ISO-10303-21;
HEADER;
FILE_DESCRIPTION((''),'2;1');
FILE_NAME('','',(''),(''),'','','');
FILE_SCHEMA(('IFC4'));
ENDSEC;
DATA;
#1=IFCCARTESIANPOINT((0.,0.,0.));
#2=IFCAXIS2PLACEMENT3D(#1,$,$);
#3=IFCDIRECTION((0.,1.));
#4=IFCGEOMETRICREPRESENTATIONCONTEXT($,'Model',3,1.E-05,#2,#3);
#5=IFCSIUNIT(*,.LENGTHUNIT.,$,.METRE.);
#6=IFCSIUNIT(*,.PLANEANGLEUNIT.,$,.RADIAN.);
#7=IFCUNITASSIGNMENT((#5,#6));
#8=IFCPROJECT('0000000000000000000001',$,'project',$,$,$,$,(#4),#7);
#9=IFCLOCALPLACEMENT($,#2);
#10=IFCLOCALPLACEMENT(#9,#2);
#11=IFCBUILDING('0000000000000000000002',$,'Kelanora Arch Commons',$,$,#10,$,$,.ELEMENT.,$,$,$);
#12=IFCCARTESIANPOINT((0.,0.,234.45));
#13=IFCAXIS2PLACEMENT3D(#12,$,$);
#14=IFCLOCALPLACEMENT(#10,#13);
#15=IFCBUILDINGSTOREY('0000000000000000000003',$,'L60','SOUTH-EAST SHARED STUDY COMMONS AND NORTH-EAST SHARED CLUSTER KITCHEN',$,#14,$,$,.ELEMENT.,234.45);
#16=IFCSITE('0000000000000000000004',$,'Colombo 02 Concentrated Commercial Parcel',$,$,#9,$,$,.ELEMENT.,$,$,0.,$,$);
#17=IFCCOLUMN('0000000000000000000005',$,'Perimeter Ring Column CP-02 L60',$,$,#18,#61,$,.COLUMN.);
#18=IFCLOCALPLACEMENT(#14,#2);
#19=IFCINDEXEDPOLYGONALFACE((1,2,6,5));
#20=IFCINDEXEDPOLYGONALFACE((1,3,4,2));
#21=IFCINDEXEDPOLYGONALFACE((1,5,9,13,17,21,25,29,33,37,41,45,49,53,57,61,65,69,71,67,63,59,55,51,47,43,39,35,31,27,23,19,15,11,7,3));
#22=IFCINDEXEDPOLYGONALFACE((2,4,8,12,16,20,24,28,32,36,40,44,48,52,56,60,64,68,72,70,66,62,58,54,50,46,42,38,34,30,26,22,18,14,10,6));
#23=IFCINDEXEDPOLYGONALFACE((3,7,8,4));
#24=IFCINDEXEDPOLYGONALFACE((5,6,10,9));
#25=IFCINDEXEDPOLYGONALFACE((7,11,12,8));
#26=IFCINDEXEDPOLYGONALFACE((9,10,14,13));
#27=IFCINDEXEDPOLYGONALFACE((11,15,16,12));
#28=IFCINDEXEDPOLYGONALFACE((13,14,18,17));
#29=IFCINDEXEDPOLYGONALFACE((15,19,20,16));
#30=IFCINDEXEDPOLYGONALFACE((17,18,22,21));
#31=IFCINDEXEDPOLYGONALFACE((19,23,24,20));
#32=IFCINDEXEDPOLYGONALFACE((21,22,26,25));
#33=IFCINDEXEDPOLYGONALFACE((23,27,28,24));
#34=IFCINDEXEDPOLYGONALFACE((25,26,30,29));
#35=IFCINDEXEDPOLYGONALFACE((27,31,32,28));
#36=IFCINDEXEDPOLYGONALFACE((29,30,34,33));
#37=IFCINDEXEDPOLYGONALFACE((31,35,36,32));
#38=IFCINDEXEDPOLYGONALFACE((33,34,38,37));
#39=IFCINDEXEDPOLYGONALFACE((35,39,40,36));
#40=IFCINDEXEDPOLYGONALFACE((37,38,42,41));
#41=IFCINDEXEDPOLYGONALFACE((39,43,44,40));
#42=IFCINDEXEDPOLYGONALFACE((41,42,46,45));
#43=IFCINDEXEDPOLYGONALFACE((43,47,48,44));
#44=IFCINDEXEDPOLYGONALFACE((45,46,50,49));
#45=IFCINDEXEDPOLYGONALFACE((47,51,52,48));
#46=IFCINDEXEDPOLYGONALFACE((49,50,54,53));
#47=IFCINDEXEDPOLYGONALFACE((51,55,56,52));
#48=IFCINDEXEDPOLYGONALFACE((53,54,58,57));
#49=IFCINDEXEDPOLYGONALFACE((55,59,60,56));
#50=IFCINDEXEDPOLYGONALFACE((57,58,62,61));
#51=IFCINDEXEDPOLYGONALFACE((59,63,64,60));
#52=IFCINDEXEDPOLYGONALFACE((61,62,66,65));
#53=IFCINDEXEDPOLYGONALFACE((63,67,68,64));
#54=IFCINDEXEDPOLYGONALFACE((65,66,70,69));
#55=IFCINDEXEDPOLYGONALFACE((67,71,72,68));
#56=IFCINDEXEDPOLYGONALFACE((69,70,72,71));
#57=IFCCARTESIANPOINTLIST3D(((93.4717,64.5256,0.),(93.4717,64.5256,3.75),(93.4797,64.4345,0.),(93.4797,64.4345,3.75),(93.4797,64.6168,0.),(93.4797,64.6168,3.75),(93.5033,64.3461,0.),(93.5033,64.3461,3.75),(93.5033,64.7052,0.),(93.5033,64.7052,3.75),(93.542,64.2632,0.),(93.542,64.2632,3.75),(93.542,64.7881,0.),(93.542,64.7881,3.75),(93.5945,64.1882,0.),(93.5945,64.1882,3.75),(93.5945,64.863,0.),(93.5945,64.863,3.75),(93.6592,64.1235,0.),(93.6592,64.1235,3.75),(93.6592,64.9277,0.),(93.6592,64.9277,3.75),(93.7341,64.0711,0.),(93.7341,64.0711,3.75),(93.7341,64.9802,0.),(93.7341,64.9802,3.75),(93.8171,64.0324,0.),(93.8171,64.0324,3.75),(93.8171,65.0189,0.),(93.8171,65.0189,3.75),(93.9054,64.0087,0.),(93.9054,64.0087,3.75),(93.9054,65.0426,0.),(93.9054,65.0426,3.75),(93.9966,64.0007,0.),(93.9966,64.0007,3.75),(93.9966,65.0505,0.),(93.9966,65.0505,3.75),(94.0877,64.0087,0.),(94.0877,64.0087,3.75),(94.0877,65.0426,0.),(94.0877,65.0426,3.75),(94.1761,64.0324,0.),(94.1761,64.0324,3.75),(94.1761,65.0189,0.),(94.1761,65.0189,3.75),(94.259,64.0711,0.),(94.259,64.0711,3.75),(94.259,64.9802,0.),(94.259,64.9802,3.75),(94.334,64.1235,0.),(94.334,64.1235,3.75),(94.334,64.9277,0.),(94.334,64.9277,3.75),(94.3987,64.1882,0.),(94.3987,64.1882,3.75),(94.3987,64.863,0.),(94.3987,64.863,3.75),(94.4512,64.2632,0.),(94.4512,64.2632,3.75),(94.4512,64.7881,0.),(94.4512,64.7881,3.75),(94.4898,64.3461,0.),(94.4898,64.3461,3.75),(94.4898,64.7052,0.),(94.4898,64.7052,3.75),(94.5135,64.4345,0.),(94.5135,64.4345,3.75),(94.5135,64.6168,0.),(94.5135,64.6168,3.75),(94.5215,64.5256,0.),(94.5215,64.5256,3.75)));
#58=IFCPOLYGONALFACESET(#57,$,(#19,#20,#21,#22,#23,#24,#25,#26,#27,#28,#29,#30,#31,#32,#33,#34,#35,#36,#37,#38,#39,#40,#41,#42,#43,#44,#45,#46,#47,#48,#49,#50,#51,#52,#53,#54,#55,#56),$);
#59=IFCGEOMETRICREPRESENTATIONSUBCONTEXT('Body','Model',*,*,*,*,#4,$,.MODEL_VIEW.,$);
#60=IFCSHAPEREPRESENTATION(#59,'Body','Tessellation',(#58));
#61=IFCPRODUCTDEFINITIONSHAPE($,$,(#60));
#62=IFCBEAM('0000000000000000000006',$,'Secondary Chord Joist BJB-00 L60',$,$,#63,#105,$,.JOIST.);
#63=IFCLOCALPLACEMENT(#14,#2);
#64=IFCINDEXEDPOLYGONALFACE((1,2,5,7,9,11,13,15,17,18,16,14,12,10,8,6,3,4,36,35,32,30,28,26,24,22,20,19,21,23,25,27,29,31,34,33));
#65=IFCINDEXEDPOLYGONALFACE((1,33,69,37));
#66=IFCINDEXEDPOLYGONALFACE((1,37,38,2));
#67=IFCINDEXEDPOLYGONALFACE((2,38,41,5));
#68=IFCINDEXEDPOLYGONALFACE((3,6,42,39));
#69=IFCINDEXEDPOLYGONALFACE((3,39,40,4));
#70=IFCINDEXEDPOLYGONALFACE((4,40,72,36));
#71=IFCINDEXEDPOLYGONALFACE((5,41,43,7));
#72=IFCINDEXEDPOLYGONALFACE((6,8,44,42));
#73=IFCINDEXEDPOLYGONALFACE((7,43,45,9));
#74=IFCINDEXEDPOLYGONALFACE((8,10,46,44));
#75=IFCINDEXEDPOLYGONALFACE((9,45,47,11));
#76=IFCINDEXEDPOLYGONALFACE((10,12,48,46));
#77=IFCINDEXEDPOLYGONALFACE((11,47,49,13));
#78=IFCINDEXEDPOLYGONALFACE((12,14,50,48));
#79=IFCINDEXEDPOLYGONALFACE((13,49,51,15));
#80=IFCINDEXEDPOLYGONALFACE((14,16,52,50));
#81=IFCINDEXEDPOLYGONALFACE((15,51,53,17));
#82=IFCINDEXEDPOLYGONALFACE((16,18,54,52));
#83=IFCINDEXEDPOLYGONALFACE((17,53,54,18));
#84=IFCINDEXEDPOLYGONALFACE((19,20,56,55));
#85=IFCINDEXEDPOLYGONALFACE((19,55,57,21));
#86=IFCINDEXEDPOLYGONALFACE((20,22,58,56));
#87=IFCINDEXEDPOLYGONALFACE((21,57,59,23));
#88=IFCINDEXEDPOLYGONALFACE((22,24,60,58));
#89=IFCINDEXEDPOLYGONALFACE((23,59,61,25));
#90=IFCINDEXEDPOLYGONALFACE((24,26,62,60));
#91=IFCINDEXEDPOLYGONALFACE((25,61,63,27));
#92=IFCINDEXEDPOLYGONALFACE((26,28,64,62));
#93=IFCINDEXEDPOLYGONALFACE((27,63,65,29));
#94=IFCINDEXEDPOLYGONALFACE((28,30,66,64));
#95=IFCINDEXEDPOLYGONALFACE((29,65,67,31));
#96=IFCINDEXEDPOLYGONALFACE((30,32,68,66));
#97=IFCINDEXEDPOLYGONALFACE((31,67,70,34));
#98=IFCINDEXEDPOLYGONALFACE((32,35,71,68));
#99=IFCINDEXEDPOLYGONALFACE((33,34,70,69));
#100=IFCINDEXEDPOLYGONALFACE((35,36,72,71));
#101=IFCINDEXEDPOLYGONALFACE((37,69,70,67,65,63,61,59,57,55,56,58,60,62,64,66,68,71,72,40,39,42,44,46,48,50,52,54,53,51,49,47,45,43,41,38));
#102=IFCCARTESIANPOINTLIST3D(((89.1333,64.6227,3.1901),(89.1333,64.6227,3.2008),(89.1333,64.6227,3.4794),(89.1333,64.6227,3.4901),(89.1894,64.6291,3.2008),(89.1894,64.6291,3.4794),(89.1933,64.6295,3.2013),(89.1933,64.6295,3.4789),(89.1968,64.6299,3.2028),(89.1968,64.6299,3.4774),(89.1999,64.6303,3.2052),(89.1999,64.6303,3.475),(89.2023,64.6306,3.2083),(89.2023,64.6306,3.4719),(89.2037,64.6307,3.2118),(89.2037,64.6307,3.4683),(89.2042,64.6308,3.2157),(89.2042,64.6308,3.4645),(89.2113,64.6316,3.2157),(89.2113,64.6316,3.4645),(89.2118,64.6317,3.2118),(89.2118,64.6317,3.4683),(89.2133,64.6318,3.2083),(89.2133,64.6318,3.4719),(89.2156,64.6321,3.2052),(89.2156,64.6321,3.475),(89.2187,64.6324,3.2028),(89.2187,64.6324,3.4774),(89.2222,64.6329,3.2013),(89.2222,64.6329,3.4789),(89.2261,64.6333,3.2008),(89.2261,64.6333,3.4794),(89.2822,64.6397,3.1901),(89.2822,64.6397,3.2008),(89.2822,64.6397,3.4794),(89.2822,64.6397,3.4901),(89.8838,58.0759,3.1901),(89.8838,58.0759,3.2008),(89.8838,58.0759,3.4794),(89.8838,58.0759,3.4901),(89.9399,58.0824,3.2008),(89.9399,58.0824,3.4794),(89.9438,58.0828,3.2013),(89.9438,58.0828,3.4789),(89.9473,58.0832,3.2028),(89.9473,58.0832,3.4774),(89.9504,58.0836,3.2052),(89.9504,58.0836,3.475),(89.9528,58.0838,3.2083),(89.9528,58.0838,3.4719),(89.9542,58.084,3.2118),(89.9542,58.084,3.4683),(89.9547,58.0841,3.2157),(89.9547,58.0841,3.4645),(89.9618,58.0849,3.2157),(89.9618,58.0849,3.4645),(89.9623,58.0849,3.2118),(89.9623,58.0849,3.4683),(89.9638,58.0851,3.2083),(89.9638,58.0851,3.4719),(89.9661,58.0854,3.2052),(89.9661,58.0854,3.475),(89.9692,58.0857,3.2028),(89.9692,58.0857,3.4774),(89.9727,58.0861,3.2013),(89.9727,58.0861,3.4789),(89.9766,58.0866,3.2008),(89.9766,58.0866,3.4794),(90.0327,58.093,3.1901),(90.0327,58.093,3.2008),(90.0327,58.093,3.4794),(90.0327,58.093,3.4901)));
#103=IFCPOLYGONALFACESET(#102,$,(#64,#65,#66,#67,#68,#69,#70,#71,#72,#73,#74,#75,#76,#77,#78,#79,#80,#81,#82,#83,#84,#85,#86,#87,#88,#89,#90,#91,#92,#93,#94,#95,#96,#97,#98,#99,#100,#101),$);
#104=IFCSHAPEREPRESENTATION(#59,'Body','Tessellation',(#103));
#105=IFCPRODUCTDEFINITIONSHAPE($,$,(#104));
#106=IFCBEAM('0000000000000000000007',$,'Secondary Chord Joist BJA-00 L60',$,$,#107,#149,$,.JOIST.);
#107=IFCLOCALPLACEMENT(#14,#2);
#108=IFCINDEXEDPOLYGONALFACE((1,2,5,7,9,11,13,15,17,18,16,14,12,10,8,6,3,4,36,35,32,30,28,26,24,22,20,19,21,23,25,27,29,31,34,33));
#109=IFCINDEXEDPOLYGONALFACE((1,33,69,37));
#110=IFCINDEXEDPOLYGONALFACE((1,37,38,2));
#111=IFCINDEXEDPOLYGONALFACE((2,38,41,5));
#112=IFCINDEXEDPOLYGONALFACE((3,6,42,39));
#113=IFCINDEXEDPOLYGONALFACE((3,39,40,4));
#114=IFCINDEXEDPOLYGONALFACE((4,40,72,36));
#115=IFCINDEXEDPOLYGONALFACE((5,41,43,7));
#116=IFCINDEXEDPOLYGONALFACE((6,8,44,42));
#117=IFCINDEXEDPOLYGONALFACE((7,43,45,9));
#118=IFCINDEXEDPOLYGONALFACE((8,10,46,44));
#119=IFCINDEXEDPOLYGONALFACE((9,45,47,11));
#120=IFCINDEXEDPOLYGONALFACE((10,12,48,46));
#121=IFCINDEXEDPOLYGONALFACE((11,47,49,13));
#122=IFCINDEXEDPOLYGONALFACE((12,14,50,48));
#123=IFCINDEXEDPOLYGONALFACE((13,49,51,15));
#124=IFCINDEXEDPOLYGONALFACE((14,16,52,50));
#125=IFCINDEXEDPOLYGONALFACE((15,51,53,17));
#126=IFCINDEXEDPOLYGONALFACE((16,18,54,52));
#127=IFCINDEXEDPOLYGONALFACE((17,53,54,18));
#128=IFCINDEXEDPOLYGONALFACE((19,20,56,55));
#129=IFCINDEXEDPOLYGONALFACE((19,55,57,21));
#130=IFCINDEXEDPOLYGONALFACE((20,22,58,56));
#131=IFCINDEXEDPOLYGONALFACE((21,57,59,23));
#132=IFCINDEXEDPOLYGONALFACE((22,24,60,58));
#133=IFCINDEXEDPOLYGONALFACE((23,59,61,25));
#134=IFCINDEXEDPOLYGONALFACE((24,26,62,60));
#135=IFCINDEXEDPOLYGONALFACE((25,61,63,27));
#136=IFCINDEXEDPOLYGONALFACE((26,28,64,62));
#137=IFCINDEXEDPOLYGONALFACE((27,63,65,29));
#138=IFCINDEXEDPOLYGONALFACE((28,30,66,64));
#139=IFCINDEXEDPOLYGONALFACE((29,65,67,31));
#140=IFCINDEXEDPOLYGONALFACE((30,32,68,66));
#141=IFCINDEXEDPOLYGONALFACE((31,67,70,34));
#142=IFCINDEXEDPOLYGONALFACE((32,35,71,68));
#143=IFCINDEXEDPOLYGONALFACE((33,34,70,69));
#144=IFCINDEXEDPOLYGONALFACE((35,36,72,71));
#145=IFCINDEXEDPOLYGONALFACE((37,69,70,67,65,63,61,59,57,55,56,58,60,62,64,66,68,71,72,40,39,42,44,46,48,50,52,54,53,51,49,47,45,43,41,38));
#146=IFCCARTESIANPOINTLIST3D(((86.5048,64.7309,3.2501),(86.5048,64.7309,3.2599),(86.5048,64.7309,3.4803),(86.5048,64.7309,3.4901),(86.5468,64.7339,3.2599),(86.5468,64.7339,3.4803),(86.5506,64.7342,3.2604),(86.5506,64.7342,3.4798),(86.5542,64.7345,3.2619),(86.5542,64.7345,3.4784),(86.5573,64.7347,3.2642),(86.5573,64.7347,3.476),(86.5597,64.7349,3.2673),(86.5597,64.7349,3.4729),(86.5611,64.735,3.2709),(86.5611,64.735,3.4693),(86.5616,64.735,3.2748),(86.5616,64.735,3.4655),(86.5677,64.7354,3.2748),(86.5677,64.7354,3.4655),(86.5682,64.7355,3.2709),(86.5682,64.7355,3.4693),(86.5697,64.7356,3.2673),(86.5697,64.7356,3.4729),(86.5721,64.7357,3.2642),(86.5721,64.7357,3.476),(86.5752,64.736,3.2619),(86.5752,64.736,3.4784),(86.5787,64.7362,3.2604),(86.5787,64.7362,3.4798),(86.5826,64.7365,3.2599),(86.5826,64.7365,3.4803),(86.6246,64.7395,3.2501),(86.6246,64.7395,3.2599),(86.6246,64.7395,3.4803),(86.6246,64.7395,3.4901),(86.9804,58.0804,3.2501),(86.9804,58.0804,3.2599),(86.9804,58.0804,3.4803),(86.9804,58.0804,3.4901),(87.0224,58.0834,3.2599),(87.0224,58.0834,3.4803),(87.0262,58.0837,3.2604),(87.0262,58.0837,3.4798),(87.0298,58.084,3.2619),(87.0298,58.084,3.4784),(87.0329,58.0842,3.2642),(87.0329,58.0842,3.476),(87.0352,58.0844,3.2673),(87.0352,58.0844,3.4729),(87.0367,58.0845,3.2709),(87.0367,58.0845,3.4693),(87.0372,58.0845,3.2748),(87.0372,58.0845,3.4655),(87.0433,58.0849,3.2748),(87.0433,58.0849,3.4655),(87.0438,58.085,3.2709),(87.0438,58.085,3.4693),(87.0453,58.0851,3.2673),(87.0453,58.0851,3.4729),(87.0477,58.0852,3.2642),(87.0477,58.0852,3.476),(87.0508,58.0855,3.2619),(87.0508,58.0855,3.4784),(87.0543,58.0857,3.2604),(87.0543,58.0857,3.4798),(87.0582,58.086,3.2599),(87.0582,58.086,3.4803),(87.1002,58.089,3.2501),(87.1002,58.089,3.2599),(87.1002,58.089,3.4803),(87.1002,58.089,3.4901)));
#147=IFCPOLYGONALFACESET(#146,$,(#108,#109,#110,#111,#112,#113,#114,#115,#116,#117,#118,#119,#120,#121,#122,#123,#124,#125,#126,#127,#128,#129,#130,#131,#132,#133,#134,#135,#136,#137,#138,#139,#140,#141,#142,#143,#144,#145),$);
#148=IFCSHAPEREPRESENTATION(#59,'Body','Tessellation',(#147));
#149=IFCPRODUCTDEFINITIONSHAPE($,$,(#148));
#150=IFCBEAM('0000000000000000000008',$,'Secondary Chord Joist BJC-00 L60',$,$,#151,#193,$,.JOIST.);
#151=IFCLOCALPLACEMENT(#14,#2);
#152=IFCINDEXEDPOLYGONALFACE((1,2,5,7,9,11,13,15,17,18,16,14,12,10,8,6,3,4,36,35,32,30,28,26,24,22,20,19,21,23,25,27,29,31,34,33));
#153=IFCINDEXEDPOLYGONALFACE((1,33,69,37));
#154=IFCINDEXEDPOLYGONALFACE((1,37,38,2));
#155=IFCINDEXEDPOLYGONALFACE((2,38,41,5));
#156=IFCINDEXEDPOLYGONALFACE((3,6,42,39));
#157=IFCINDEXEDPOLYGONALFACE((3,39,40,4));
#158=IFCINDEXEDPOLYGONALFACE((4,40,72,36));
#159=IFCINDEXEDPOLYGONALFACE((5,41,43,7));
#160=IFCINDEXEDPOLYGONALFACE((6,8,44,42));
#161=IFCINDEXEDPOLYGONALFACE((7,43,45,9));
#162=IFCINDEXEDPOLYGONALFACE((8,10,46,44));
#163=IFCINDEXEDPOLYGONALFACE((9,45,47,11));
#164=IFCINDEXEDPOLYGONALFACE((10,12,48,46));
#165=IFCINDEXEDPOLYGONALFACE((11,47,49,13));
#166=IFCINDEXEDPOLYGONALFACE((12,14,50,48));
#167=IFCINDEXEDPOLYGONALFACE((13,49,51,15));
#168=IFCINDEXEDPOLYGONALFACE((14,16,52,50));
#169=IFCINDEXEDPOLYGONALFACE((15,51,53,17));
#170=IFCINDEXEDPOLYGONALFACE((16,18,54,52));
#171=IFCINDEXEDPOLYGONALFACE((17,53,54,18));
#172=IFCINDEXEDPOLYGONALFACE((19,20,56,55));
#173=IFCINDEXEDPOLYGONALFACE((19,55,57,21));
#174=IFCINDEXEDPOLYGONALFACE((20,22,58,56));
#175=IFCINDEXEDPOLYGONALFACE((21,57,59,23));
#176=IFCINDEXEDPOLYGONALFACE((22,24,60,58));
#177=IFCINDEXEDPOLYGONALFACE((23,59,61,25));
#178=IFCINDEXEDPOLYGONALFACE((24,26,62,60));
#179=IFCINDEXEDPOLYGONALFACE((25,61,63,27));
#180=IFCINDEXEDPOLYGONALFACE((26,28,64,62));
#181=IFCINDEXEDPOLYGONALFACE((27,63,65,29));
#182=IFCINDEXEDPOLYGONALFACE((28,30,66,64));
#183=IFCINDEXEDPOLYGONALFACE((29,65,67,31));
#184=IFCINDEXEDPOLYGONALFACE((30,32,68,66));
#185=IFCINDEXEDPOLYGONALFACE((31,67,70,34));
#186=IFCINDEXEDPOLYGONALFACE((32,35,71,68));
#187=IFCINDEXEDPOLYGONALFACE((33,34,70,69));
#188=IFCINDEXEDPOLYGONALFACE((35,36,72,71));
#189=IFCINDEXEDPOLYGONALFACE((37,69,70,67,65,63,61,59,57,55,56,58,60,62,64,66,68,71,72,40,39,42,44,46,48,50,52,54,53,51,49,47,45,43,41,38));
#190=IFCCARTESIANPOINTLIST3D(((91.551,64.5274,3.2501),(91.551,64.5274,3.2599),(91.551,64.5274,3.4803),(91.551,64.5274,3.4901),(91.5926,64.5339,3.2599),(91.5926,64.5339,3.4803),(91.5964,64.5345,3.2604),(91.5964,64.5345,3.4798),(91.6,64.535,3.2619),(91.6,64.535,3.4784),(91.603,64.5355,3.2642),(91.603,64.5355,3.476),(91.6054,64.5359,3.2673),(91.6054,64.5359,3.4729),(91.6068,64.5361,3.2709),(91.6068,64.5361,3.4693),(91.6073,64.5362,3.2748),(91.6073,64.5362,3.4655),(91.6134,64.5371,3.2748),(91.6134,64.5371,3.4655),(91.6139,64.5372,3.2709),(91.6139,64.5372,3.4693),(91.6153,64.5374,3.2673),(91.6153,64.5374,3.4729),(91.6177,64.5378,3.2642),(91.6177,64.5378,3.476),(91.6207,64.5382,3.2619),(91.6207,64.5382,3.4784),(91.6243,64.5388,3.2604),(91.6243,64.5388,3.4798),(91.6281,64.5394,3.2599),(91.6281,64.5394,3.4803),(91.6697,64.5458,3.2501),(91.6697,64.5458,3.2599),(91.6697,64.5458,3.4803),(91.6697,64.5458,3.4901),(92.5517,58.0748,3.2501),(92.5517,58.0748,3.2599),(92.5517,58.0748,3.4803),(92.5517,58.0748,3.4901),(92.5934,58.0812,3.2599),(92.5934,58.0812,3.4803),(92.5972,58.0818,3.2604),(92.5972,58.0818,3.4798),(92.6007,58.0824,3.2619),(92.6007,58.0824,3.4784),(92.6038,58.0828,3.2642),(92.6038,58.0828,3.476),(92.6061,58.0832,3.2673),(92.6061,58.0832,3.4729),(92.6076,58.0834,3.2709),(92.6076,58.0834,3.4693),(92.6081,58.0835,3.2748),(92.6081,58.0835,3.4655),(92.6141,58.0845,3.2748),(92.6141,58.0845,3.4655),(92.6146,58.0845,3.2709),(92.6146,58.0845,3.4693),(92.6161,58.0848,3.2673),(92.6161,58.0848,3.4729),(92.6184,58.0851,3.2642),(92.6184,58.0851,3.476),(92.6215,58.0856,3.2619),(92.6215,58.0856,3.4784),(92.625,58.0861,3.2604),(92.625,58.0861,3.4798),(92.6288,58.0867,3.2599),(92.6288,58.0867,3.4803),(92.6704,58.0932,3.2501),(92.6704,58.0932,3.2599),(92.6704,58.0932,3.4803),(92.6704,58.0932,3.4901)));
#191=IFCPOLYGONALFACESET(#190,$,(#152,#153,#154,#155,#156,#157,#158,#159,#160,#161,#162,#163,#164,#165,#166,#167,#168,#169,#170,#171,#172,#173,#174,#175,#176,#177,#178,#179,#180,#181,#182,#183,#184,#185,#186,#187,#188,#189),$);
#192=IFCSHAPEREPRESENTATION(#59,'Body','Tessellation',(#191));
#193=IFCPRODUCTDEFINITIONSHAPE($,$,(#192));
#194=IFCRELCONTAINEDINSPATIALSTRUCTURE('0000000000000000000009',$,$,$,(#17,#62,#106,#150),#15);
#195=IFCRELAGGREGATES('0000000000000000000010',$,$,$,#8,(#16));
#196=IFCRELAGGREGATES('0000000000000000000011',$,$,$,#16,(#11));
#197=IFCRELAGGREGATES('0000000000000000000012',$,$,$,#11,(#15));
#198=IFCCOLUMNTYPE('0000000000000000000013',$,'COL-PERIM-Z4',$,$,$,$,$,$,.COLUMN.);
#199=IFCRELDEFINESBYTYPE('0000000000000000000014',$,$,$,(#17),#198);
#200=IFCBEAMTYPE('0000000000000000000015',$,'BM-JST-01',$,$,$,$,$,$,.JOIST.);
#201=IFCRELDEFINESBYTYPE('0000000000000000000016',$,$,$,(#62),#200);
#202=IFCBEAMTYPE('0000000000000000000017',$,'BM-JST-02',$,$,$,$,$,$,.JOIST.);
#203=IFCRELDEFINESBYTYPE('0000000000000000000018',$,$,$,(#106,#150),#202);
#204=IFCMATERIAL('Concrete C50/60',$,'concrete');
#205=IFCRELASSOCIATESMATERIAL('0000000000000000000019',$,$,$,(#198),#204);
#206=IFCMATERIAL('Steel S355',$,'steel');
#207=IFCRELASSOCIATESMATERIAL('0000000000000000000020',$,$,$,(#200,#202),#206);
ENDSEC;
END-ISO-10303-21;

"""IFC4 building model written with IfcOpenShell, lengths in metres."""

from ifc_helpers import new_model, si_unit, direction, frame, origin, origin_2d, place, context, subcontext, project, spatial, circle, i_section, extrude, material, material_profile, profile_set, type_object, element, save


model = new_model("IFC4")

# Units and contexts
model_context = context("Model", 3, precision=1e-05, world=origin(), true_north=direction((0.0, 1.0)))
body_context = subcontext(model_context, "Body", "Model", "MODEL_VIEW")
ifc_project = project(units=[si_unit("LENGTHUNIT", "METRE"), si_unit("PLANEANGLEUNIT", "RADIAN")], contexts=[model_context])

# Site, building, storey
site_placement = place(None, origin())
site = spatial("IfcSite", under=ifc_project, at=site_placement, Name="Colombo 02 Concentrated Commercial Parcel", CompositionType="ELEMENT", RefElevation=0.0)
building_placement = place(site_placement, origin())
building = spatial("IfcBuilding", under=site, at=building_placement, Name="Kelanora Arch Commons", CompositionType="ELEMENT")
storey_placement = place(building_placement, frame((0.0, 0.0, 234.45)))
storey = spatial("IfcBuildingStorey", under=building, at=storey_placement, Name="L60", Description="SOUTH-EAST SHARED STUDY COMMONS AND NORTH-EAST SHARED CLUSTER KITCHEN", CompositionType="ELEMENT", Elevation=234.45)

# Column
ifc_material_1 = material(Name="Concrete C50/60", Category="concrete")
ifc_material_profile_1 = material_profile(ifc_material_1, circle(Radius=0.5249, at=origin_2d()), Name="RCC1050")
ifc_profile_set_1 = profile_set([ifc_material_profile_1], Name="Concrete C50/60")
column_type = type_object("IfcColumnType", Name="COL-PERIM-Z4", PredefinedType="COLUMN", material=ifc_profile_set_1)
column_placement = place(storey_placement, frame((93.9966, 64.5256, 0.0), z_axis=(0.0, 0.0, 1.0), x_axis=(1.0, 0.0, 0.0)))
element("IfcColumn", 1, at=column_placement, inside=storey, type_object=column_type, Name="Perimeter Ring Column CP-02 L60", PredefinedType="COLUMN", context=body_context, shape_type="SweptSolid", body=[
    extrude(circle(Radius=0.5249, at=origin_2d()), origin(), (0.0, 0.0, 1.0), 3.75),
])

# Beams
ifc_material_2 = material(Name="Steel S355", Category="steel")
ifc_material_profile_2 = material_profile(ifc_material_2, i_section(OverallWidth=0.1499, OverallDepth=0.3, WebThickness=0.0071, FlangeThickness=0.0107, FilletRadius=0.0149, at=origin_2d()), Name="IPE300")
ifc_profile_set_2 = profile_set([ifc_material_profile_2], Name="Steel S355")
beam_type_1 = type_object("IfcBeamType", Name="BM-JST-01", PredefinedType="JOIST", material=ifc_profile_set_2)
beam_1_placement = place(storey_placement, frame((89.9583, 58.0845, 3.3401), z_axis=(-0.113891, 0.993493, 0.0), x_axis=(-0.993493, -0.113891, 0.0)))
element("IfcBeam", 2, at=beam_1_placement, inside=storey, type_object=beam_type_1, Name="Secondary Chord Joist BJB-00 L60", PredefinedType="JOIST", context=body_context, shape_type="SweptSolid", body=[
    extrude(i_section(OverallWidth=0.1499, OverallDepth=0.3, WebThickness=0.0071, FlangeThickness=0.0107, FilletRadius=0.0149, at=origin_2d()), origin(), (0.0, 0.0, 1.0), 6.5896),
])
ifc_material_profile_3 = material_profile(ifc_material_2, i_section(OverallWidth=0.1201, OverallDepth=0.24, WebThickness=0.0061, FlangeThickness=0.0098, FilletRadius=0.0149, at=origin_2d()), Name="IPE240")
ifc_profile_set_3 = profile_set([ifc_material_profile_3], Name="Steel S355")
beam_type_2 = type_object("IfcBeamType", Name="BM-JST-02", PredefinedType="JOIST", material=ifc_profile_set_3)
beam_2_placement = place(storey_placement, frame((87.0403, 58.0847, 3.3701), z_axis=(-0.07133, 0.997453, 0.0), x_axis=(-0.997453, -0.07133, 0.0)))
element("IfcBeam", 3, at=beam_2_placement, inside=storey, type_object=beam_type_2, Name="Secondary Chord Joist BJA-00 L60", PredefinedType="JOIST", context=body_context, shape_type="SweptSolid", body=[
    extrude(i_section(OverallWidth=0.1201, OverallDepth=0.24, WebThickness=0.0061, FlangeThickness=0.0098, FilletRadius=0.0149, at=origin_2d()), origin(), (0.0, 0.0, 1.0), 6.6675),
])
beam_3_placement = place(storey_placement, frame((92.6111, 58.084, 3.3701), z_axis=(-0.153257, 0.988186, 0.0), x_axis=(-0.988186, -0.153257, 0.0)))
element("IfcBeam", 4, at=beam_3_placement, inside=storey, type_object=beam_type_2, Name="Secondary Chord Joist BJC-00 L60", PredefinedType="JOIST", context=body_context, shape_type="SweptSolid", body=[
    extrude(i_section(OverallWidth=0.1201, OverallDepth=0.24, WebThickness=0.0061, FlangeThickness=0.0098, FilletRadius=0.0149, at=origin_2d()), origin(), (0.0, 0.0, 1.0), 6.5298),
])

save(model, "model.ifc")
